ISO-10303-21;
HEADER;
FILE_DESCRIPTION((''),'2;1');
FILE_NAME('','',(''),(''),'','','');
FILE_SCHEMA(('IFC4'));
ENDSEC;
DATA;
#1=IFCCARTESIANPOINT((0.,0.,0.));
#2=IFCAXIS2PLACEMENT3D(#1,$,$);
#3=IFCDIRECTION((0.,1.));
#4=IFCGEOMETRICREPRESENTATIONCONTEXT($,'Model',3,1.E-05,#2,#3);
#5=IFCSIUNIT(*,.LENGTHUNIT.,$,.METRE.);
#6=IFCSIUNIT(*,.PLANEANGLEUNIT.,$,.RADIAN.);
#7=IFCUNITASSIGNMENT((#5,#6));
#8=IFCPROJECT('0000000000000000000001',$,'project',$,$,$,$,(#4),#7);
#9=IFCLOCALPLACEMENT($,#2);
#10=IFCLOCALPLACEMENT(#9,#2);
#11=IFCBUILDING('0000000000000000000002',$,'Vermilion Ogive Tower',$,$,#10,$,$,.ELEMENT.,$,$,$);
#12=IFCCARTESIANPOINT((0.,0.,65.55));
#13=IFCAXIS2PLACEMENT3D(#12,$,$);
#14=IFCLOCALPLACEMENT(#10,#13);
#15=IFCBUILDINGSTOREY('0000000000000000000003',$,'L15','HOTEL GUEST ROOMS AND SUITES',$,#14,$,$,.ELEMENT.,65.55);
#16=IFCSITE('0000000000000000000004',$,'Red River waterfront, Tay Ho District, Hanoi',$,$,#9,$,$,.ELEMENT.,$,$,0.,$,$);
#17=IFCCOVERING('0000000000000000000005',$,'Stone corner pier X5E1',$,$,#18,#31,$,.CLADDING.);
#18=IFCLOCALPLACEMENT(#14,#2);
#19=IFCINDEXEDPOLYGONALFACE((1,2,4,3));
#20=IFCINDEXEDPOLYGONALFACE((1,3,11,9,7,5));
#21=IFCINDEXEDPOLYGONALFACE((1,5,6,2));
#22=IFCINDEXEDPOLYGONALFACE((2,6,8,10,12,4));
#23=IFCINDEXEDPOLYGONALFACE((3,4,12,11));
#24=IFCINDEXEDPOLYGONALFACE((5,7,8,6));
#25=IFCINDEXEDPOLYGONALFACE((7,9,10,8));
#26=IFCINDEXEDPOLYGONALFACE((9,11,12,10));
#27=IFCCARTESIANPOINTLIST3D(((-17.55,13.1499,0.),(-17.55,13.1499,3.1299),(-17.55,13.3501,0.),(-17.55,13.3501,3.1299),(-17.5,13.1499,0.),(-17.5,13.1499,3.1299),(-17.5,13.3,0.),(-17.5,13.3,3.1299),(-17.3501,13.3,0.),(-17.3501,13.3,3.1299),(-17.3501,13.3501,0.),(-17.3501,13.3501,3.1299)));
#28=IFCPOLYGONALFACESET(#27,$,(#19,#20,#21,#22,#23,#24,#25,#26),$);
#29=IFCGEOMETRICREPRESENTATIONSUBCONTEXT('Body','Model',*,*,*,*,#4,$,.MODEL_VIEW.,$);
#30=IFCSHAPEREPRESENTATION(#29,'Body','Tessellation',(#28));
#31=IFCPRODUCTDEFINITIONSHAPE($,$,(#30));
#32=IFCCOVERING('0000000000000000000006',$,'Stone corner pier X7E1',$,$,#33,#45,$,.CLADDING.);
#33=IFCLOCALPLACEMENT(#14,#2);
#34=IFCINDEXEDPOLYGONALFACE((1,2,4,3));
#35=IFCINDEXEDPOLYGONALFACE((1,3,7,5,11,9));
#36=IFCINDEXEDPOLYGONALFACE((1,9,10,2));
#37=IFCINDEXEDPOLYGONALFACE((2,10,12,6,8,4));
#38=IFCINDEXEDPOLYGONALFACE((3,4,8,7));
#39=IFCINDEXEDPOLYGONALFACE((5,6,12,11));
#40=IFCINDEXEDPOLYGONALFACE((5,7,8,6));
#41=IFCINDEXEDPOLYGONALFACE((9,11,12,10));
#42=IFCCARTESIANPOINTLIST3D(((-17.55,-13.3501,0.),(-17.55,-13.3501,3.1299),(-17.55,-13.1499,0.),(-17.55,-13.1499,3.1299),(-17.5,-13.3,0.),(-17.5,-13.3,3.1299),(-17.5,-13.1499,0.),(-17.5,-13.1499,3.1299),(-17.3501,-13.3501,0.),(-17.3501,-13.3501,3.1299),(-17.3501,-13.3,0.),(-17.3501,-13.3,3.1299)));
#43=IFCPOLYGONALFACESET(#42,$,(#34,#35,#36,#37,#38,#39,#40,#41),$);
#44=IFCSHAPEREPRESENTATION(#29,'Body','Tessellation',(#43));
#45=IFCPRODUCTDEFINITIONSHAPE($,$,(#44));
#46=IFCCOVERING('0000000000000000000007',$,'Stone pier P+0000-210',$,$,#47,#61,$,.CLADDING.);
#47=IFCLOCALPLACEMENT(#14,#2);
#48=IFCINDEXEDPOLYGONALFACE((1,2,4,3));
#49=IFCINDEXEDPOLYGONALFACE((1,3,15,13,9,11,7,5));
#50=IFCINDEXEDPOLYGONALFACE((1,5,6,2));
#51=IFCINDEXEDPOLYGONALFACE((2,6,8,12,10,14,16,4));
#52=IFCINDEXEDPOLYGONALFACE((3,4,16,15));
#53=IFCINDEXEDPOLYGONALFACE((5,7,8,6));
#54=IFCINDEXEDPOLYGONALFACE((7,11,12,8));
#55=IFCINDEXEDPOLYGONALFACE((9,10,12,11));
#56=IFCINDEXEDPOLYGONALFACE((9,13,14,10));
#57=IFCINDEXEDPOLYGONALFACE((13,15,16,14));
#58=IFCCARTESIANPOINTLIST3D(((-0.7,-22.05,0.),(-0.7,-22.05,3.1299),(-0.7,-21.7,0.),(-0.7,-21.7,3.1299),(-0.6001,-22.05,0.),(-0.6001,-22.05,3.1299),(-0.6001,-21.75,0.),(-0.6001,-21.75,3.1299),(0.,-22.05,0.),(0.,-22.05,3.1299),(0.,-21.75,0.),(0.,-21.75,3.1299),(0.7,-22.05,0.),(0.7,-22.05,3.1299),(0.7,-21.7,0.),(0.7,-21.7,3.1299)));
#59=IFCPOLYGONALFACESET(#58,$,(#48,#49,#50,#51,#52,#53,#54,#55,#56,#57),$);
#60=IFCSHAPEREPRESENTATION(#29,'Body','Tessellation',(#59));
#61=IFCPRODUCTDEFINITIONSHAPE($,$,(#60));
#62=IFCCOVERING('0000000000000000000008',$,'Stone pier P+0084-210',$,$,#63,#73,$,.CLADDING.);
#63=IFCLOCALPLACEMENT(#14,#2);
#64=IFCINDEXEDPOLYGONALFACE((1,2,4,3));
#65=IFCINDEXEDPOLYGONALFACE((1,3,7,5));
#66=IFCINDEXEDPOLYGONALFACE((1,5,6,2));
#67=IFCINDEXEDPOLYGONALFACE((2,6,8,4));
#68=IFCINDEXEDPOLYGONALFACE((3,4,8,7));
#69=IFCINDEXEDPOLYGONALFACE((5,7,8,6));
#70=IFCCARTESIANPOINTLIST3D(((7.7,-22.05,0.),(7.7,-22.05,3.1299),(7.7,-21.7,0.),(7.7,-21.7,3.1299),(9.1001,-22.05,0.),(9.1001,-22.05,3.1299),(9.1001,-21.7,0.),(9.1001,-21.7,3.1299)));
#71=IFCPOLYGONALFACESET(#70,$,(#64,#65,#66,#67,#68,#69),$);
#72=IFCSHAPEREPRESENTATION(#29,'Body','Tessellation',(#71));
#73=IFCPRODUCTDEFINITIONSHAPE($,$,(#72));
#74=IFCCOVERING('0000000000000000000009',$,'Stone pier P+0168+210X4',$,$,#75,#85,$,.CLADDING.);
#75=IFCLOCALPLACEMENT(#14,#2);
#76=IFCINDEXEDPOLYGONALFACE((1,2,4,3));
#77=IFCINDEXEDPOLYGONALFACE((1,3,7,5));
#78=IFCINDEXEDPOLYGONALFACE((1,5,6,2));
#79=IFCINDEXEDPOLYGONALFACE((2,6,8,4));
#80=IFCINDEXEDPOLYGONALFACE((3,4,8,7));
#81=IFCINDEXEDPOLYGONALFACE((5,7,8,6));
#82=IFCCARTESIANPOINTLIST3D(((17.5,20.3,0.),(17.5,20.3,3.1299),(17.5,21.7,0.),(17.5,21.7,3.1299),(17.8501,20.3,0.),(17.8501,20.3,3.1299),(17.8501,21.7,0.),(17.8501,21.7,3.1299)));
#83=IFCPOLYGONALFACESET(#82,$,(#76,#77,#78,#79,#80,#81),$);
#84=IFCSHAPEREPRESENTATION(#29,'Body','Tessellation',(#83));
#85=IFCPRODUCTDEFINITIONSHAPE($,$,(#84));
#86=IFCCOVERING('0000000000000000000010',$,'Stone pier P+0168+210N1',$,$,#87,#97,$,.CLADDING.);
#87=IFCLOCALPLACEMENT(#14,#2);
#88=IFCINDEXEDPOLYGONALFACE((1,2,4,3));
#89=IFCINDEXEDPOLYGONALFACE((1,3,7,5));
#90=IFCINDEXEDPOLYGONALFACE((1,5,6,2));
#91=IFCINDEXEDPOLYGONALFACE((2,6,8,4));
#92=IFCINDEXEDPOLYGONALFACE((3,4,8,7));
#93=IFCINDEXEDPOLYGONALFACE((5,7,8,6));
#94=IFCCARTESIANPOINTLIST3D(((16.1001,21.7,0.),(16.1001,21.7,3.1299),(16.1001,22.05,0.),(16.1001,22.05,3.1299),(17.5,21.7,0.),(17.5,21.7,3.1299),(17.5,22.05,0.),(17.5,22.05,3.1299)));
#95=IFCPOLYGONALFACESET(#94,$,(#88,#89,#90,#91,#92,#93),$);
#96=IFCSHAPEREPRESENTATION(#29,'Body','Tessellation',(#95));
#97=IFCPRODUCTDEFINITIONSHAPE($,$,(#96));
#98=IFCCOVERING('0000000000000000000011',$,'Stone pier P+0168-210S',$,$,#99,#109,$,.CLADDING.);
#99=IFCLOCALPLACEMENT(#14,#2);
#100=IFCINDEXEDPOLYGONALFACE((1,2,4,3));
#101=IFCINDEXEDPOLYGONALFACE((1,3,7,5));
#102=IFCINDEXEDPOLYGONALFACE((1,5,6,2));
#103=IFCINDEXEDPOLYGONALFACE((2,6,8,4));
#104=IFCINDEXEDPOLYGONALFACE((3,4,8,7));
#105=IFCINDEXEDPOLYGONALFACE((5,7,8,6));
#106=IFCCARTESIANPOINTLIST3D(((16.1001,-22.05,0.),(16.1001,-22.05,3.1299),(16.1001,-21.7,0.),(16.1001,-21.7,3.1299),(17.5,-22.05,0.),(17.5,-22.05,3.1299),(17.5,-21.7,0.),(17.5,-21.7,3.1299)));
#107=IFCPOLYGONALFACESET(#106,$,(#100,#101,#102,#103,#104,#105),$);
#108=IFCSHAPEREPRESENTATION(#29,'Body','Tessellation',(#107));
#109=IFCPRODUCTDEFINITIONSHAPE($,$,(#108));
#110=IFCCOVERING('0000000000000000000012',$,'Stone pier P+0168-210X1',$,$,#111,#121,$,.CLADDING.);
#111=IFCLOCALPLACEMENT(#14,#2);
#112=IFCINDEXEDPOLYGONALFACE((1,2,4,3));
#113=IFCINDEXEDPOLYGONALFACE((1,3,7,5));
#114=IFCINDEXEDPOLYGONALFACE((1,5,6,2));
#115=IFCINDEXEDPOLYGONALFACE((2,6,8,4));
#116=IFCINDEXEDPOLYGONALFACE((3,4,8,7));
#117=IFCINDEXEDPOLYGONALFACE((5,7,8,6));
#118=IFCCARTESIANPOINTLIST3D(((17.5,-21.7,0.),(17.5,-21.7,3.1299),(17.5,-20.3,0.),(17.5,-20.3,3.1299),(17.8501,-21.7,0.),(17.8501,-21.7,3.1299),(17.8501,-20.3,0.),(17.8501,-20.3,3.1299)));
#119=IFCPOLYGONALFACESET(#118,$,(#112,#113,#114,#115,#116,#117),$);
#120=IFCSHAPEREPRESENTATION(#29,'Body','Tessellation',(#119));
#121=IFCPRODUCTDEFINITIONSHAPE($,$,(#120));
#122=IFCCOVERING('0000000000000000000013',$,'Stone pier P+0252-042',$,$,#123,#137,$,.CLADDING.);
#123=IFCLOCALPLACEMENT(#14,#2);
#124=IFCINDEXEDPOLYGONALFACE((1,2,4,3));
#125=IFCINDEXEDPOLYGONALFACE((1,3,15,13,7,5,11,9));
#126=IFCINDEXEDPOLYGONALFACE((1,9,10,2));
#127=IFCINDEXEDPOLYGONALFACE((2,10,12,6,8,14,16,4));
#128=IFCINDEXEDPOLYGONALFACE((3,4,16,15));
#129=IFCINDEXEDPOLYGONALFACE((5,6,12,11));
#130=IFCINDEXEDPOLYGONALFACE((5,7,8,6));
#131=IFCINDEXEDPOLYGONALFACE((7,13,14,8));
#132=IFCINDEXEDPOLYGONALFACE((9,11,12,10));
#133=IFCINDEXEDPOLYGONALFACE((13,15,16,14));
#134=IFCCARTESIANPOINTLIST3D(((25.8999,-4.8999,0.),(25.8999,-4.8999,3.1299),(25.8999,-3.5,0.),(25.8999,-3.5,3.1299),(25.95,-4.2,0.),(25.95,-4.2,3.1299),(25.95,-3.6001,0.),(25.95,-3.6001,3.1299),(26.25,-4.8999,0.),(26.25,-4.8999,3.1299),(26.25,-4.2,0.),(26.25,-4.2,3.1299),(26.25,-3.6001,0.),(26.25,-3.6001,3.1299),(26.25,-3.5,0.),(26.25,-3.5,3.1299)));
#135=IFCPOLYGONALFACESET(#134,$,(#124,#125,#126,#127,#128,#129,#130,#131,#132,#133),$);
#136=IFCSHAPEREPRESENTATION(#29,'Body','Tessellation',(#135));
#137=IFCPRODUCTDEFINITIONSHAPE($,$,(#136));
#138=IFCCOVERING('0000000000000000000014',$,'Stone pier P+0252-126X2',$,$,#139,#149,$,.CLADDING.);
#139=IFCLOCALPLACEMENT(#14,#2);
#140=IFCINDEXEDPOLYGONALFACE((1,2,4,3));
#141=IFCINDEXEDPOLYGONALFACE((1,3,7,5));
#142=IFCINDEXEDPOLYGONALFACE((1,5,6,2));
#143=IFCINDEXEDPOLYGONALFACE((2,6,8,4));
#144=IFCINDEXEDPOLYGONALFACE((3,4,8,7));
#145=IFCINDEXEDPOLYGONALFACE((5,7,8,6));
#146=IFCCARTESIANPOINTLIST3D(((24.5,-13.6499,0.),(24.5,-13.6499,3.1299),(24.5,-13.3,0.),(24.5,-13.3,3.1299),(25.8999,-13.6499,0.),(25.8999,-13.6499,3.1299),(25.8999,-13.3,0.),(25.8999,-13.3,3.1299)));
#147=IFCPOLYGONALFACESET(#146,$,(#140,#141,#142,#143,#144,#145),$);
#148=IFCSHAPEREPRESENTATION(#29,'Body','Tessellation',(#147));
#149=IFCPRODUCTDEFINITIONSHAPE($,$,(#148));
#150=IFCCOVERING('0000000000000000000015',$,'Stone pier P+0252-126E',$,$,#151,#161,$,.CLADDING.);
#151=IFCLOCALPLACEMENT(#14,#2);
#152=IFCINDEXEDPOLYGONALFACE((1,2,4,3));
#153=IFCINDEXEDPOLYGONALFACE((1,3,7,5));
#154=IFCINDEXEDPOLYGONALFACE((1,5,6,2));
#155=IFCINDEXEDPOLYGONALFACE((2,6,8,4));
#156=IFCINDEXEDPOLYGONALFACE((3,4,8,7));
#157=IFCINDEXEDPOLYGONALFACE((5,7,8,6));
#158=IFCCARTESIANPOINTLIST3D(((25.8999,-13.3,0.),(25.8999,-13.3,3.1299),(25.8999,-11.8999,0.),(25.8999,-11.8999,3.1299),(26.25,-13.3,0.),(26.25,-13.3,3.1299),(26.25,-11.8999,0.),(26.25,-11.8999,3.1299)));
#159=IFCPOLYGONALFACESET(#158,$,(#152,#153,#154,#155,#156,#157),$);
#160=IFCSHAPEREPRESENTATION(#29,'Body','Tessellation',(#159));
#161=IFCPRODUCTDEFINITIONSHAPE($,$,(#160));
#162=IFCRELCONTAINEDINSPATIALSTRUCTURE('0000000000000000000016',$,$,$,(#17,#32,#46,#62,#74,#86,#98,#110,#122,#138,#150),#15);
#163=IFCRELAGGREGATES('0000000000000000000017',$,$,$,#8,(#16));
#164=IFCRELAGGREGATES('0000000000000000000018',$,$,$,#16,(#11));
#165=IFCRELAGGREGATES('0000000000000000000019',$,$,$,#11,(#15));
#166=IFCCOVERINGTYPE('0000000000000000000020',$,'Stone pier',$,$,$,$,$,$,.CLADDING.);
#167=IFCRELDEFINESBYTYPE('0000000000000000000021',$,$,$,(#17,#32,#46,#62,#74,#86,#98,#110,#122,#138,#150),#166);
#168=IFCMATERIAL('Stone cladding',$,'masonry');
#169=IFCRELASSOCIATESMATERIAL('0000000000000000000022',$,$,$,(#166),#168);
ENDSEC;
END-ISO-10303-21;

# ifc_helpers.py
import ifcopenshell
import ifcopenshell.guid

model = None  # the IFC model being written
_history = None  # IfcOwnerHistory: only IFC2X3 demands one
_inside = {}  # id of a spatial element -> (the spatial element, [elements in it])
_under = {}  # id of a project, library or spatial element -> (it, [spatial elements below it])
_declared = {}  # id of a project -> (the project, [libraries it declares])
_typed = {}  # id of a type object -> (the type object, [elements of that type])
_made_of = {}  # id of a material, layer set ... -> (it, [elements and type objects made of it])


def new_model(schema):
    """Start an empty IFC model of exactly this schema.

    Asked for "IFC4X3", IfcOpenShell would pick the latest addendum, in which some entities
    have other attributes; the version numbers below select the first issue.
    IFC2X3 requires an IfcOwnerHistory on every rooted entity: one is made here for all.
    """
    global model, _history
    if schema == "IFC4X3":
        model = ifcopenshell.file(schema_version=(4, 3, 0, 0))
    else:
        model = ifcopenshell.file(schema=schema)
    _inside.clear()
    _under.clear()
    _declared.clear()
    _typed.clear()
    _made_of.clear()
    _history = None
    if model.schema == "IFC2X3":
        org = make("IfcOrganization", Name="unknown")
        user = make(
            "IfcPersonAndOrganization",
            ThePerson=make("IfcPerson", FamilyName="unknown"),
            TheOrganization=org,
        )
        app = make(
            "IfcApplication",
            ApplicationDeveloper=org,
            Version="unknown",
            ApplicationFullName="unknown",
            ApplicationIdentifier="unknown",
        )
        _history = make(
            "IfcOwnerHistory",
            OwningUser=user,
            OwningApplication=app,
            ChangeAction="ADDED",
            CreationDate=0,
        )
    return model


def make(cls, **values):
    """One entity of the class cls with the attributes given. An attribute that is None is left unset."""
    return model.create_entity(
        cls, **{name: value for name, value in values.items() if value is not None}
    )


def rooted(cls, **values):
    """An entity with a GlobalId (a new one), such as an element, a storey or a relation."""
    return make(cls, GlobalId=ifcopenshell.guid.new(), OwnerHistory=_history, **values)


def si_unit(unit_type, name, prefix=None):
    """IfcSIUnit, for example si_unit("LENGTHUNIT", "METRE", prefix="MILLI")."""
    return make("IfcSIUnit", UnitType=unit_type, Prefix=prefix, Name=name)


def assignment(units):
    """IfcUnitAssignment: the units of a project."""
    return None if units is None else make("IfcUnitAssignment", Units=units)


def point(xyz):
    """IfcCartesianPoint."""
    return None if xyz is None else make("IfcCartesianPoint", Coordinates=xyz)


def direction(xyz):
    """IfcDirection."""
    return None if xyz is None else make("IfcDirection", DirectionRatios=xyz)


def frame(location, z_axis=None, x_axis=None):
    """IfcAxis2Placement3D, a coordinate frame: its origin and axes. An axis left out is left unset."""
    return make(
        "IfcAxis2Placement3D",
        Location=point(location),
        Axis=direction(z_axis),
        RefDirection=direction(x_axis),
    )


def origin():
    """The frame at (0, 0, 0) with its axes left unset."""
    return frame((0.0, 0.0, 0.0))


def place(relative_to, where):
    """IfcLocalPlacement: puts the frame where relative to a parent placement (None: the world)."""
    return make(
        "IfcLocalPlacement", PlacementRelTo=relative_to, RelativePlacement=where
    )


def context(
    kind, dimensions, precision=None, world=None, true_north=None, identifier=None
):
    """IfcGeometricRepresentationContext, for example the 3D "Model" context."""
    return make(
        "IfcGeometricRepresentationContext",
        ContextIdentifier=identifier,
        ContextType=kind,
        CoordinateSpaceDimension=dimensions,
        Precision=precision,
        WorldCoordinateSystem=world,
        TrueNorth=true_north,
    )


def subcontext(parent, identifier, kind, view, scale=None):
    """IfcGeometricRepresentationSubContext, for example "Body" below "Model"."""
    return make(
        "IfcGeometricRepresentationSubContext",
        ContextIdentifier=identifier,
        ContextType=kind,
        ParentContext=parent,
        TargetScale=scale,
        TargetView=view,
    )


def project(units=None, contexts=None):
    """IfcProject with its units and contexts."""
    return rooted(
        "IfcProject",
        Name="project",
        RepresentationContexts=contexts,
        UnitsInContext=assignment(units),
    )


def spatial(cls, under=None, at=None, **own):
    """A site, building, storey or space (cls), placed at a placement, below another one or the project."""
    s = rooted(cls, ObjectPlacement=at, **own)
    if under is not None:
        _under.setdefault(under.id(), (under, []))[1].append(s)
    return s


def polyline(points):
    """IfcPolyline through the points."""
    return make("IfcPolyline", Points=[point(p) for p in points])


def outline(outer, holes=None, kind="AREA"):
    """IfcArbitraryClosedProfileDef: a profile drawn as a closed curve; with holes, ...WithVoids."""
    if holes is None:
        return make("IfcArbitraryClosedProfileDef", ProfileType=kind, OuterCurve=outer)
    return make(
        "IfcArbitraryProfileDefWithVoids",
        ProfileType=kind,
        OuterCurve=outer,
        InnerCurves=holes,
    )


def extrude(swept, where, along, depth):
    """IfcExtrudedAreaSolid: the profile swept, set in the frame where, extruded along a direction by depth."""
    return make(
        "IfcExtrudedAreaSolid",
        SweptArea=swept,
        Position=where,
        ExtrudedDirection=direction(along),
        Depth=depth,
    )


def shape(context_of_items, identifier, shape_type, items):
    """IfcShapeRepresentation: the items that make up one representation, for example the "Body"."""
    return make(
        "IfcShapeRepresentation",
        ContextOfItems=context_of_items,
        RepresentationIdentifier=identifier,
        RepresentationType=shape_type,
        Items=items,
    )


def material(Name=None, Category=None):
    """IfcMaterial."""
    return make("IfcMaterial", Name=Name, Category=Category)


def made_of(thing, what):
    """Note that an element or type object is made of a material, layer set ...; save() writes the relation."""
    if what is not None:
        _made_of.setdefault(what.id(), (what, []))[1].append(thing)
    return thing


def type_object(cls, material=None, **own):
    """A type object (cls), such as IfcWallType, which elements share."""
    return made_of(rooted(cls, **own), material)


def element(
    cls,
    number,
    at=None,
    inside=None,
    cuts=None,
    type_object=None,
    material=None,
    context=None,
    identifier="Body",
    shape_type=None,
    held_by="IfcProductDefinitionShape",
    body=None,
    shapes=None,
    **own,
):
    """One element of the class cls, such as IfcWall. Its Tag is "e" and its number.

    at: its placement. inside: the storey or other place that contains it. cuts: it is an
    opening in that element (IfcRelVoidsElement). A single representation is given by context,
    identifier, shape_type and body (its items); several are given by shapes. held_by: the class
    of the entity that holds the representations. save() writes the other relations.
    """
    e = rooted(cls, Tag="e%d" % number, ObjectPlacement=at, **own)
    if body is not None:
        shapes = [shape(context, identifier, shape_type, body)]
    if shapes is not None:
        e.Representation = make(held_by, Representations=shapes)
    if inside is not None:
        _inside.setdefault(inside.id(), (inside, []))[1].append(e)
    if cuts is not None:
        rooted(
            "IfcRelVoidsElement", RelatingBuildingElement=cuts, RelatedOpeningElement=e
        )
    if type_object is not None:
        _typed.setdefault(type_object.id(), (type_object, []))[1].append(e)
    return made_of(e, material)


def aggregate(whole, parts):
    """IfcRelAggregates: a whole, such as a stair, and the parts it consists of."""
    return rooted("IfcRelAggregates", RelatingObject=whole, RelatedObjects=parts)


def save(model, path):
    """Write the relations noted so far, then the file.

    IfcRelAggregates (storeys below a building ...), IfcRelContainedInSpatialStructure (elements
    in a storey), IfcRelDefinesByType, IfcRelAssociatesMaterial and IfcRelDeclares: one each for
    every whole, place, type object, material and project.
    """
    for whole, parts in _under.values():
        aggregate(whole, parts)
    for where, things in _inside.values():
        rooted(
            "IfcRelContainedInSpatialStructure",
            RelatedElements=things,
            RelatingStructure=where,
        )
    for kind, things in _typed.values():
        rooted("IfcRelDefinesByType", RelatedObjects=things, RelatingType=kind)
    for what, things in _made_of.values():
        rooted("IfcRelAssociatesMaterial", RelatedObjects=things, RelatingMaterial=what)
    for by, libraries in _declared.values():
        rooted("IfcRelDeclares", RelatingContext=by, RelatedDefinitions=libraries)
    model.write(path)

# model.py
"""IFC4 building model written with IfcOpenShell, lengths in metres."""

from ifc_helpers import new_model, si_unit, direction, frame, origin, place, context, subcontext, project, spatial, polyline, outline, extrude, material, type_object, element, save


model = new_model("IFC4")

# Units and contexts
model_context = context("Model", 3, precision=1e-05, world=origin(), true_north=direction((0.0, 1.0)))
body_context = subcontext(model_context, "Body", "Model", "MODEL_VIEW")
ifc_project = project(units=[si_unit("LENGTHUNIT", "METRE"), si_unit("PLANEANGLEUNIT", "RADIAN")], contexts=[model_context])

# Site, building, storey
site_placement = place(None, origin())
site = spatial("IfcSite", under=ifc_project, at=site_placement, Name="Red River waterfront, Tay Ho District, Hanoi", CompositionType="ELEMENT", RefElevation=0.0)
building_placement = place(site_placement, origin())
building = spatial("IfcBuilding", under=site, at=building_placement, Name="Vermilion Ogive Tower", CompositionType="ELEMENT")
storey_placement = place(building_placement, frame((0.0, 0.0, 65.55)))
storey = spatial("IfcBuildingStorey", under=building, at=storey_placement, Name="L15", Description="HOTEL GUEST ROOMS AND SUITES", CompositionType="ELEMENT", Elevation=65.55)

# Coverings
ifc_material_1 = material(Name="Stone cladding", Category="masonry")
covering_type_1 = type_object("IfcCoveringType", Name="Stone pier", PredefinedType="CLADDING", material=ifc_material_1)
covering_1_placement = place(storey_placement, origin())
element("IfcCovering", 1, at=covering_1_placement, inside=storey, type_object=covering_type_1, Name="Stone corner pier X5E1", PredefinedType="CLADDING", context=body_context, shape_type="SweptSolid", body=[
    extrude(outline(polyline([(-17.3501, 13.3), (-17.5, 13.3), (-17.5, 13.1499), (-17.55, 13.1499), (-17.55, 13.3501), (-17.3501, 13.3501), (-17.3501, 13.3)])), origin(), (0.0, 0.0, 1.0), 3.1299),
])
covering_2_placement = place(storey_placement, origin())
element("IfcCovering", 2, at=covering_2_placement, inside=storey, type_object=covering_type_1, Name="Stone corner pier X7E1", PredefinedType="CLADDING", context=body_context, shape_type="SweptSolid", body=[
    extrude(outline(polyline([(-17.5, -13.1499), (-17.5, -13.3), (-17.3501, -13.3), (-17.3501, -13.3501), (-17.55, -13.3501), (-17.55, -13.1499), (-17.5, -13.1499)])), origin(), (0.0, 0.0, 1.0), 3.1299),
])
covering_3_placement = place(storey_placement, origin())
element("IfcCovering", 3, at=covering_3_placement, inside=storey, type_object=covering_type_1, Name="Stone pier P+0000-210", PredefinedType="CLADDING", context=body_context, shape_type="SweptSolid", body=[
    extrude(outline(polyline([(0.7, -22.05), (0.0, -22.05), (0.0, -21.75), (-0.6001, -21.75), (-0.6001, -22.05), (-0.7, -22.05), (-0.7, -21.7), (0.7, -21.7), (0.7, -22.05)])), origin(), (0.0, 0.0, 1.0), 3.1299),
])
covering_4_placement = place(storey_placement, origin())
element("IfcCovering", 4, at=covering_4_placement, inside=storey, type_object=covering_type_1, Name="Stone pier P+0084-210", PredefinedType="CLADDING", context=body_context, shape_type="SweptSolid", body=[
    extrude(outline(polyline([(9.1001, -21.7), (9.1001, -22.05), (7.7, -22.05), (7.7, -21.7), (9.1001, -21.7), (9.1001, -21.7)])), origin(), (0.0, 0.0, 1.0), 3.1299),
])
covering_5_placement = place(storey_placement, origin())
element("IfcCovering", 5, at=covering_5_placement, inside=storey, type_object=covering_type_1, Name="Stone pier P+0168+210X4", PredefinedType="CLADDING", context=body_context, shape_type="SweptSolid", body=[
    extrude(outline(polyline([(17.8501, 21.7), (17.8501, 20.3), (17.5, 20.3), (17.5, 21.7), (17.8501, 21.7)])), origin(), (0.0, 0.0, 1.0), 3.1299),
])
covering_6_placement = place(storey_placement, origin())
element("IfcCovering", 6, at=covering_6_placement, inside=storey, type_object=covering_type_1, Name="Stone pier P+0168+210N1", PredefinedType="CLADDING", context=body_context, shape_type="SweptSolid", body=[
    extrude(outline(polyline([(17.5, 22.05), (17.5, 21.7), (16.1001, 21.7), (16.1001, 22.05), (17.5, 22.05)])), origin(), (0.0, 0.0, 1.0), 3.1299),
])
covering_7_placement = place(storey_placement, origin())
element("IfcCovering", 7, at=covering_7_placement, inside=storey, type_object=covering_type_1, Name="Stone pier P+0168-210S", PredefinedType="CLADDING", context=body_context, shape_type="SweptSolid", body=[
    extrude(outline(polyline([(17.5, -21.7), (17.5, -21.7), (17.5, -22.05), (16.1001, -22.05), (16.1001, -21.7), (16.1001, -21.7), (17.5, -21.7)])), origin(), (0.0, 0.0, 1.0), 3.1299),
])
covering_8_placement = place(storey_placement, origin())
element("IfcCovering", 8, at=covering_8_placement, inside=storey, type_object=covering_type_1, Name="Stone pier P+0168-210X1", PredefinedType="CLADDING", context=body_context, shape_type="SweptSolid", body=[
    extrude(outline(polyline([(17.8501, -21.7), (17.5, -21.7), (17.5, -21.7), (17.5, -20.3), (17.8501, -20.3), (17.8501, -21.7)])), origin(), (0.0, 0.0, 1.0), 3.1299),
])
covering_9_placement = place(storey_placement, origin())
element("IfcCovering", 9, at=covering_9_placement, inside=storey, type_object=covering_type_1, Name="Stone pier P+0252-042", PredefinedType="CLADDING", context=body_context, shape_type="SweptSolid", body=[
    extrude(outline(polyline([(26.25, -3.5), (26.25, -3.6001), (25.95, -3.6001), (25.95, -4.2), (26.25, -4.2), (26.25, -4.8999), (25.8999, -4.8999), (25.8999, -3.5), (26.25, -3.5)])), origin(), (0.0, 0.0, 1.0), 3.1299),
])
covering_10_placement = place(storey_placement, origin())
element("IfcCovering", 10, at=covering_10_placement, inside=storey, type_object=covering_type_1, Name="Stone pier P+0252-126X2", PredefinedType="CLADDING", context=body_context, shape_type="SweptSolid", body=[
    extrude(outline(polyline([(25.8999, -13.3), (25.8999, -13.6499), (24.5, -13.6499), (24.5, -13.3), (24.5, -13.3), (25.8999, -13.3)])), origin(), (0.0, 0.0, 1.0), 3.1299),
])
covering_11_placement = place(storey_placement, origin())
element("IfcCovering", 11, at=covering_11_placement, inside=storey, type_object=covering_type_1, Name="Stone pier P+0252-126E", PredefinedType="CLADDING", context=body_context, shape_type="SweptSolid", body=[
    extrude(outline(polyline([(26.25, -13.3), (25.8999, -13.3), (25.8999, -11.8999), (26.25, -11.8999), (26.25, -13.3)])), origin(), (0.0, 0.0, 1.0), 3.1299),
])

save(model, "model.ifc")
